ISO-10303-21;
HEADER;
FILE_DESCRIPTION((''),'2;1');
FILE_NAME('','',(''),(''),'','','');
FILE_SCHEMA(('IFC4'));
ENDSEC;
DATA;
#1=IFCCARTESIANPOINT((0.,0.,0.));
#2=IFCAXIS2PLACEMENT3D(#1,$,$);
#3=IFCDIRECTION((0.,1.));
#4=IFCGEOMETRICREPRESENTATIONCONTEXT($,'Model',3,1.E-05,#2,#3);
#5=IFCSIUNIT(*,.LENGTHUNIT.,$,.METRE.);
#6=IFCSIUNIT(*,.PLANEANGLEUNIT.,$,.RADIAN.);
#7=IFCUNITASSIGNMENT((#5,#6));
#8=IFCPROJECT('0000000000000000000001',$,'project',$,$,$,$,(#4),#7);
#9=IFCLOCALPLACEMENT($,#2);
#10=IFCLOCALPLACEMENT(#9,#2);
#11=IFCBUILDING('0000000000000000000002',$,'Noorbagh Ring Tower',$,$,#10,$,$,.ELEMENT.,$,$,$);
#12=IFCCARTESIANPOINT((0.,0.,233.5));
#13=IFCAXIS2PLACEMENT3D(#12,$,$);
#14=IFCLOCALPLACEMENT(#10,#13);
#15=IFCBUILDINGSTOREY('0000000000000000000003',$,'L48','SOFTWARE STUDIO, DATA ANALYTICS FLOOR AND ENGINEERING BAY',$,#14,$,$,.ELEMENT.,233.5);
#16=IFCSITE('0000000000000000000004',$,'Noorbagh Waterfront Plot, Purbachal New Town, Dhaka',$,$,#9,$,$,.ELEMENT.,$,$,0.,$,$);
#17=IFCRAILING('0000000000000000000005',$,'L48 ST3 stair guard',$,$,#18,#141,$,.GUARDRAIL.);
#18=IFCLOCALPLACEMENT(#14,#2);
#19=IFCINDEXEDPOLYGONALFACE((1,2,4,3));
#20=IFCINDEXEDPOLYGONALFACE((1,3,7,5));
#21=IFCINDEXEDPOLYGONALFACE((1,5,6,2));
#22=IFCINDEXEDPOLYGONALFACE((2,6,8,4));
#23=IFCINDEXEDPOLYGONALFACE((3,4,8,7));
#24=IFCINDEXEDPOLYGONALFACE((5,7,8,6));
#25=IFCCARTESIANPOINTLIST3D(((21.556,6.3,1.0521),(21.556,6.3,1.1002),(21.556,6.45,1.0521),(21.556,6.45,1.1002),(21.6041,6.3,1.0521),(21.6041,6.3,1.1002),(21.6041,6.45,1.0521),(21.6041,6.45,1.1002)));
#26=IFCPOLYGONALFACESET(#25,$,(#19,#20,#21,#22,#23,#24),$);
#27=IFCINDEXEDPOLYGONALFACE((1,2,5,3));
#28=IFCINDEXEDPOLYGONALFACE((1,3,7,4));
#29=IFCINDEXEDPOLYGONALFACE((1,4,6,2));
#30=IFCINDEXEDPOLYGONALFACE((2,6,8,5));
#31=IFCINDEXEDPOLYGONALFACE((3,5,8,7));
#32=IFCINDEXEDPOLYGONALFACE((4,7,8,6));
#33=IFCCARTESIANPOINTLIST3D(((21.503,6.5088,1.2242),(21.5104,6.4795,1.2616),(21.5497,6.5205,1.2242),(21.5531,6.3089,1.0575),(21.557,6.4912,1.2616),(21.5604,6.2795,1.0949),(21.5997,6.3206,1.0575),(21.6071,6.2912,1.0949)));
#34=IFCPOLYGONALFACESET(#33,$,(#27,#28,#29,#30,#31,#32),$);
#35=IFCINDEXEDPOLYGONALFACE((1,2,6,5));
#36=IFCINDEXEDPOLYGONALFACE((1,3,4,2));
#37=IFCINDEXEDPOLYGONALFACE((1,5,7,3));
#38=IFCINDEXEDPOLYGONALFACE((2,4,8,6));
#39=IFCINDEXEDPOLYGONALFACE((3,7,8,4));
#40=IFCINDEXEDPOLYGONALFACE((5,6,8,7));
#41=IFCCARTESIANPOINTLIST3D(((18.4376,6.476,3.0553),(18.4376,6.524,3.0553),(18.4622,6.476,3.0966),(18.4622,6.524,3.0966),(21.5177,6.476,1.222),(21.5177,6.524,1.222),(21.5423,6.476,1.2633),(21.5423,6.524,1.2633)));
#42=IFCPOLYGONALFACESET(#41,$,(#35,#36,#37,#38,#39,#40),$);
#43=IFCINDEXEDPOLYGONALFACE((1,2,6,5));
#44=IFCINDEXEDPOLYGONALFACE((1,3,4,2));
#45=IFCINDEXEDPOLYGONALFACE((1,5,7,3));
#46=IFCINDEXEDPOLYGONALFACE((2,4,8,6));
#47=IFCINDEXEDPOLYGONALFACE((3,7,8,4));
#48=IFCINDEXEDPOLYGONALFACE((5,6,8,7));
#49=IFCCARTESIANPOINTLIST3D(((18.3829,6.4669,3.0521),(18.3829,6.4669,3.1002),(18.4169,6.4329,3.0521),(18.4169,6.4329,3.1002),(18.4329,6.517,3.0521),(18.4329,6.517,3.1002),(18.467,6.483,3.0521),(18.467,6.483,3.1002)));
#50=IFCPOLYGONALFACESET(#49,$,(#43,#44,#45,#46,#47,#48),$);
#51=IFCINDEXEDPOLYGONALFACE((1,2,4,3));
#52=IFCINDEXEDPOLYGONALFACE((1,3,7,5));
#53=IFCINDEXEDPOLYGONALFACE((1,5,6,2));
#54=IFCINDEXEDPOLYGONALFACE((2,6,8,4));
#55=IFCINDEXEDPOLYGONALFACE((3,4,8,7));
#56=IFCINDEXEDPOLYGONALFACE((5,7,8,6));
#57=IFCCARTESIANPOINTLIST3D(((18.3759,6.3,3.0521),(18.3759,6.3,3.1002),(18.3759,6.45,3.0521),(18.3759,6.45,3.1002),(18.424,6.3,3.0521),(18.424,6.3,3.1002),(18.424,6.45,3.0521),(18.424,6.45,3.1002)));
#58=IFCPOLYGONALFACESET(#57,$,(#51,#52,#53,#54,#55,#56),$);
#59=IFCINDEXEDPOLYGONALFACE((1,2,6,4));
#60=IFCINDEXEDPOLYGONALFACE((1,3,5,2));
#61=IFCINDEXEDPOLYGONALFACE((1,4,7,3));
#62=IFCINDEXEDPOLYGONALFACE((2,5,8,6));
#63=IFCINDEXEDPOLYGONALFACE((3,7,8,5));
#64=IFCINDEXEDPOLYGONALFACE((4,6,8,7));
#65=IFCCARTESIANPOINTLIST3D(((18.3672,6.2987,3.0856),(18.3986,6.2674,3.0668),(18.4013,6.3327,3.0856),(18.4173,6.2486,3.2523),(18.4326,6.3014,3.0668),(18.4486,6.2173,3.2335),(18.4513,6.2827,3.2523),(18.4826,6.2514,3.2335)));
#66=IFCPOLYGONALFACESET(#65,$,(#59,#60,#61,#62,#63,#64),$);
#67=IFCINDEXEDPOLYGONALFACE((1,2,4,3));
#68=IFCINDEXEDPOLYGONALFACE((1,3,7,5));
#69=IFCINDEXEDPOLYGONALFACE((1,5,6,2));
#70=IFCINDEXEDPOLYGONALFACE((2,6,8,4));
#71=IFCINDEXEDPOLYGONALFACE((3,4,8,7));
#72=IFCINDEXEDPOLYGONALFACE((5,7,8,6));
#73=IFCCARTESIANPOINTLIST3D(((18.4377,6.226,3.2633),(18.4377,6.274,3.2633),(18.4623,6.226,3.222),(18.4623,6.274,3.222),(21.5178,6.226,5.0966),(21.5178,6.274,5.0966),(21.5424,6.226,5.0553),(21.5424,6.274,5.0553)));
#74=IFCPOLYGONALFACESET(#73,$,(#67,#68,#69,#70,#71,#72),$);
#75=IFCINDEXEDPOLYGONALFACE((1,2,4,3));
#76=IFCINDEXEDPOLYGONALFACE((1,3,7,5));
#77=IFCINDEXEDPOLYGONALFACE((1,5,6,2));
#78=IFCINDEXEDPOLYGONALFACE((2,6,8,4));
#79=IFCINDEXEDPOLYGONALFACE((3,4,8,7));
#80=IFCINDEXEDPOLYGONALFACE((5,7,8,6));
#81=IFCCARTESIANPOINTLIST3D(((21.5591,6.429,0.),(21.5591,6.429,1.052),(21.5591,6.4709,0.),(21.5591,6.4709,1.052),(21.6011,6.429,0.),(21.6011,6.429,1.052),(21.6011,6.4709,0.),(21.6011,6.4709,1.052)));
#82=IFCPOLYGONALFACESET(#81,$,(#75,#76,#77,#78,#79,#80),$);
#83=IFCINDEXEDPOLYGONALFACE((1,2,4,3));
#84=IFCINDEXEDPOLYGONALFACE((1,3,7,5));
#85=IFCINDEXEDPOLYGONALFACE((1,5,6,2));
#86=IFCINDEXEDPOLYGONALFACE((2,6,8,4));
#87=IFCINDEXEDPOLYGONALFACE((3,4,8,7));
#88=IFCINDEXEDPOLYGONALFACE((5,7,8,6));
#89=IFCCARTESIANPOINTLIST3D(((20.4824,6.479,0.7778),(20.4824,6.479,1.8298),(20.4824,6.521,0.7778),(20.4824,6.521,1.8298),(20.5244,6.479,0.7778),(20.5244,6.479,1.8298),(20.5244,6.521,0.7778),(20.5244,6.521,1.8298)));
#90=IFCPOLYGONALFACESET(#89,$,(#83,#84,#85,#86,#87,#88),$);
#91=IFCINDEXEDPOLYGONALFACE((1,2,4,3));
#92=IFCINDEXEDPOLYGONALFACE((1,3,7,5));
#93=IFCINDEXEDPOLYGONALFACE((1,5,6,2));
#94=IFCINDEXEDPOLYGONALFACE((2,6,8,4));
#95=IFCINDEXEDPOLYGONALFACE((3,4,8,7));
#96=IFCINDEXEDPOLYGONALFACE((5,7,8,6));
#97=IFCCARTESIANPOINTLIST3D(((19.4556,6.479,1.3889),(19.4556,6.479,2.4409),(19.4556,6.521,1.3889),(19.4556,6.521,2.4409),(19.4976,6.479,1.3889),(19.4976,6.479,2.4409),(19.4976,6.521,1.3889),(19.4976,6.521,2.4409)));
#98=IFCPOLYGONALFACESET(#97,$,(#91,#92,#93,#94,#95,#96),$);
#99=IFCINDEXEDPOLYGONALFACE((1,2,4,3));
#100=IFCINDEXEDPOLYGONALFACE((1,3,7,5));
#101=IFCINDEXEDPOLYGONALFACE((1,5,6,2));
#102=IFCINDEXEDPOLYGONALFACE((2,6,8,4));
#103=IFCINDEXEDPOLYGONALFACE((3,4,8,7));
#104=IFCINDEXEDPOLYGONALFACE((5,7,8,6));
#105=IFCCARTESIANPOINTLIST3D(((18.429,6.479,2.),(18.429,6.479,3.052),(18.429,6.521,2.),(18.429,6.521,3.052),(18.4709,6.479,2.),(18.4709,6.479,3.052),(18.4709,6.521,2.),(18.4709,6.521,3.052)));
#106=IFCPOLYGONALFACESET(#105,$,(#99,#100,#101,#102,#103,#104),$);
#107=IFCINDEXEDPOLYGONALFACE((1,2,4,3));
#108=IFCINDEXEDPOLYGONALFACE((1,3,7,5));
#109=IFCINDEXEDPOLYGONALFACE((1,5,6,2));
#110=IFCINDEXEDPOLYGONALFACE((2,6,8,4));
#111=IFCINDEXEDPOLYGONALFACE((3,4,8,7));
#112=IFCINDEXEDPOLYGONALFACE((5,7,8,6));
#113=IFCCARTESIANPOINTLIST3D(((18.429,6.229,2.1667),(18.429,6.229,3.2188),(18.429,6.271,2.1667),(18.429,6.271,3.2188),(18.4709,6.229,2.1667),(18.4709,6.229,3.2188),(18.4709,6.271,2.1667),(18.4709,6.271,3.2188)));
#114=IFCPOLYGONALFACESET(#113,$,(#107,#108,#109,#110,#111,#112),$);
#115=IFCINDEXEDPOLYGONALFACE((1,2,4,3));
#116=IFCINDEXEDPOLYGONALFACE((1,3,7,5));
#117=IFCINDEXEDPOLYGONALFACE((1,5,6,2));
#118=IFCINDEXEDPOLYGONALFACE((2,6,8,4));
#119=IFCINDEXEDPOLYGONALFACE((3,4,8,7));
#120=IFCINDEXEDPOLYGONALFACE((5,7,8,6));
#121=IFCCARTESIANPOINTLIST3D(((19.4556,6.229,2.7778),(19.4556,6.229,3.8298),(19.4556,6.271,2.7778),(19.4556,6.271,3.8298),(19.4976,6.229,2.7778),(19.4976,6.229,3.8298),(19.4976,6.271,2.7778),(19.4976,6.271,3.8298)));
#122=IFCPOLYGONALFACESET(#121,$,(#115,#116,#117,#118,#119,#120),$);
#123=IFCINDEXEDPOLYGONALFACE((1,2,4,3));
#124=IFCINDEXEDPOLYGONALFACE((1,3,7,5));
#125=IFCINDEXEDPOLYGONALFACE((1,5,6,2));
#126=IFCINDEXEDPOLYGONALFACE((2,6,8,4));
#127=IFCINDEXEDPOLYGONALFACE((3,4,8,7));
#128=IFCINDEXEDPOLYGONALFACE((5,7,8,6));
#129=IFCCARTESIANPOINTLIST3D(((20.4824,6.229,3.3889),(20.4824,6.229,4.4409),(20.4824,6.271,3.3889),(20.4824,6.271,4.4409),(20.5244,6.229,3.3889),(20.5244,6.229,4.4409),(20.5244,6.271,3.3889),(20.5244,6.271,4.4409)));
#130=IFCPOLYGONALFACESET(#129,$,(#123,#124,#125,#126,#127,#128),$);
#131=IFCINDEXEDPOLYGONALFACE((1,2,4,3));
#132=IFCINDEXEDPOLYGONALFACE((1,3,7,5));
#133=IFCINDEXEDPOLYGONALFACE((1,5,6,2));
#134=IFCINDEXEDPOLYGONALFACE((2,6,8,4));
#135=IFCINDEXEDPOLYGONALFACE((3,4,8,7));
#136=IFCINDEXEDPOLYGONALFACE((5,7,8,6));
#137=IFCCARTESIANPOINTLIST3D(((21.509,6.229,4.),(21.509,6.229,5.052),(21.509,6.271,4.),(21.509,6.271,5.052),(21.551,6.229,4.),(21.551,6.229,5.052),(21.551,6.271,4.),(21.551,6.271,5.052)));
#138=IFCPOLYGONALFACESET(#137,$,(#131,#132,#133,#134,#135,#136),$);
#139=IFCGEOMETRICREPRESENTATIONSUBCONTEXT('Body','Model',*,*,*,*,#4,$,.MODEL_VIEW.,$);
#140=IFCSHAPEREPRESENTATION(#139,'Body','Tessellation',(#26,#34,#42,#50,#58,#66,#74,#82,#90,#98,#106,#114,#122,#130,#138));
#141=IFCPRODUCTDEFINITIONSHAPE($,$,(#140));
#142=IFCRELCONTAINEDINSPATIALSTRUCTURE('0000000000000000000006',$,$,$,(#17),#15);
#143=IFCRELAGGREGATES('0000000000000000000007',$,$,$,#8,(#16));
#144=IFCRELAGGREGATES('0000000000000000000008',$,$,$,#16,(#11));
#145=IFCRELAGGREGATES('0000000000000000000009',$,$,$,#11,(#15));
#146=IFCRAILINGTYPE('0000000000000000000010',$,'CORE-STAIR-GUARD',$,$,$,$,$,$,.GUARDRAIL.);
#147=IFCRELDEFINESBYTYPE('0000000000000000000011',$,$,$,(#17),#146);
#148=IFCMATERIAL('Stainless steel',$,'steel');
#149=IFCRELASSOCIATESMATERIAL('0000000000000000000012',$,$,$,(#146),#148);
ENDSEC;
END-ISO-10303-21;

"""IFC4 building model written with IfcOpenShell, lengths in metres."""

from ifc_helpers import new_model, si_unit, direction, frame, origin, origin_2d, place, context, subcontext, project, spatial, rectangle, extrude, material, type_object, element, save


model = new_model("IFC4")

# Units and contexts
model_context = context("Model", 3, precision=1e-05, world=origin(), true_north=direction((0.0, 1.0)))
body_context = subcontext(model_context, "Body", "Model", "MODEL_VIEW")
ifc_project = project(units=[si_unit("LENGTHUNIT", "METRE"), si_unit("PLANEANGLEUNIT", "RADIAN")], contexts=[model_context])

# Site, building, storey
site_placement = place(None, origin())
site = spatial("IfcSite", under=ifc_project, at=site_placement, Name="Noorbagh Waterfront Plot, Purbachal New Town, Dhaka", CompositionType="ELEMENT", RefElevation=0.0)
building_placement = place(site_placement, origin())
building = spatial("IfcBuilding", under=site, at=building_placement, Name="Noorbagh Ring Tower", CompositionType="ELEMENT")
storey_placement = place(building_placement, frame((0.0, 0.0, 233.5)))
storey = spatial("IfcBuildingStorey", under=building, at=storey_placement, Name="L48", Description="SOFTWARE STUDIO, DATA ANALYTICS FLOOR AND ENGINEERING BAY", CompositionType="ELEMENT", Elevation=233.5)

# Railing
ifc_material_1 = material(Name="Stainless steel", Category="steel")
railing_type_1 = type_object("IfcRailingType", Name="CORE-STAIR-GUARD", PredefinedType="GUARDRAIL", material=ifc_material_1)
railing_1_placement = place(storey_placement, frame((21.5801, 6.45, 0.0)))
element("IfcRailing", 1, at=railing_1_placement, inside=storey, type_object=railing_type_1, Name="L48 ST3 stair guard", PredefinedType="GUARDRAIL", context=body_context, shape_type="SweptSolid", body=[
    extrude(rectangle(XDim=0.0481, YDim=0.0481, at=origin_2d()), frame((0.0, 0.0, 1.0762), z_axis=(0.0, -1.0, 0.0), x_axis=(1.0, 0.0, 0.0)), (0.0, 0.0, 1.0), 0.1499),
    extrude(rectangle(XDim=0.0481, YDim=0.0481, at=origin_2d()), frame((0.0, -0.1499, 1.0762), z_axis=(-0.188776, 0.754182, 0.628946), x_axis=(-0.970073, -0.242814, 0.0)), (0.0, 0.0, 1.0), 0.2651),
    extrude(rectangle(XDim=0.0481, YDim=0.0481, at=origin_2d()), frame((-0.05, 0.05, 1.2427), z_axis=(-0.859309, 0.0, 0.511458), x_axis=(0.0, -1.0, 0.0)), (0.0, 0.0, 1.0), 3.5845),
    extrude(rectangle(XDim=0.0481, YDim=0.0481, at=origin_2d()), frame((-3.1301, 0.05, 3.0762), z_axis=(-0.707107, -0.707107, 0.0), x_axis=(0.707107, -0.707107, 0.0)), (0.0, 0.0, 1.0), 0.0708),
    extrude(rectangle(XDim=0.0481, YDim=0.0481, at=origin_2d()), frame((-3.1802, 0.0, 3.0762), z_axis=(0.0, -1.0, 0.0), x_axis=(1.0, 0.0, 0.0)), (0.0, 0.0, 1.0), 0.1499),
    extrude(rectangle(XDim=0.0481, YDim=0.0481, at=origin_2d()), frame((-3.1802, -0.1499, 3.0762), z_axis=(0.276287, -0.276287, 0.920506), x_axis=(0.707107, 0.707107, 0.0)), (0.0, 0.0, 1.0), 0.1812),
    extrude(rectangle(XDim=0.0481, YDim=0.0481, at=origin_2d()), frame((-3.1301, -0.2, 3.2427), z_axis=(0.859309, 0.0, 0.511458), x_axis=(0.0, 1.0, 0.0)), (0.0, 0.0, 1.0), 3.5845),
    extrude(rectangle(XDim=0.042, YDim=0.042, at=origin_2d()), origin(), (0.0, 0.0, 1.0), 1.052),
    extrude(rectangle(XDim=0.042, YDim=0.042, at=origin_2d()), frame((-1.0767, 0.05, 0.7778)), (0.0, 0.0, 1.0), 1.052),
    extrude(rectangle(XDim=0.042, YDim=0.042, at=origin_2d()), frame((-2.1035, 0.05, 1.3889)), (0.0, 0.0, 1.0), 1.052),
    extrude(rectangle(XDim=0.042, YDim=0.042, at=origin_2d()), frame((-3.1301, 0.05, 2.0)), (0.0, 0.0, 1.0), 1.052),
    extrude(rectangle(XDim=0.042, YDim=0.042, at=origin_2d()), frame((-3.1301, -0.2, 2.1667)), (0.0, 0.0, 1.0), 1.052),
    extrude(rectangle(XDim=0.042, YDim=0.042, at=origin_2d()), frame((-2.1035, -0.2, 2.7778)), (0.0, 0.0, 1.0), 1.052),
    extrude(rectangle(XDim=0.042, YDim=0.042, at=origin_2d()), frame((-1.0767, -0.2, 3.3889)), (0.0, 0.0, 1.0), 1.052),
    extrude(rectangle(XDim=0.042, YDim=0.042, at=origin_2d()), frame((-0.05, -0.2, 4.0)), (0.0, 0.0, 1.0), 1.052),
])

save(model, "model.ifc")
